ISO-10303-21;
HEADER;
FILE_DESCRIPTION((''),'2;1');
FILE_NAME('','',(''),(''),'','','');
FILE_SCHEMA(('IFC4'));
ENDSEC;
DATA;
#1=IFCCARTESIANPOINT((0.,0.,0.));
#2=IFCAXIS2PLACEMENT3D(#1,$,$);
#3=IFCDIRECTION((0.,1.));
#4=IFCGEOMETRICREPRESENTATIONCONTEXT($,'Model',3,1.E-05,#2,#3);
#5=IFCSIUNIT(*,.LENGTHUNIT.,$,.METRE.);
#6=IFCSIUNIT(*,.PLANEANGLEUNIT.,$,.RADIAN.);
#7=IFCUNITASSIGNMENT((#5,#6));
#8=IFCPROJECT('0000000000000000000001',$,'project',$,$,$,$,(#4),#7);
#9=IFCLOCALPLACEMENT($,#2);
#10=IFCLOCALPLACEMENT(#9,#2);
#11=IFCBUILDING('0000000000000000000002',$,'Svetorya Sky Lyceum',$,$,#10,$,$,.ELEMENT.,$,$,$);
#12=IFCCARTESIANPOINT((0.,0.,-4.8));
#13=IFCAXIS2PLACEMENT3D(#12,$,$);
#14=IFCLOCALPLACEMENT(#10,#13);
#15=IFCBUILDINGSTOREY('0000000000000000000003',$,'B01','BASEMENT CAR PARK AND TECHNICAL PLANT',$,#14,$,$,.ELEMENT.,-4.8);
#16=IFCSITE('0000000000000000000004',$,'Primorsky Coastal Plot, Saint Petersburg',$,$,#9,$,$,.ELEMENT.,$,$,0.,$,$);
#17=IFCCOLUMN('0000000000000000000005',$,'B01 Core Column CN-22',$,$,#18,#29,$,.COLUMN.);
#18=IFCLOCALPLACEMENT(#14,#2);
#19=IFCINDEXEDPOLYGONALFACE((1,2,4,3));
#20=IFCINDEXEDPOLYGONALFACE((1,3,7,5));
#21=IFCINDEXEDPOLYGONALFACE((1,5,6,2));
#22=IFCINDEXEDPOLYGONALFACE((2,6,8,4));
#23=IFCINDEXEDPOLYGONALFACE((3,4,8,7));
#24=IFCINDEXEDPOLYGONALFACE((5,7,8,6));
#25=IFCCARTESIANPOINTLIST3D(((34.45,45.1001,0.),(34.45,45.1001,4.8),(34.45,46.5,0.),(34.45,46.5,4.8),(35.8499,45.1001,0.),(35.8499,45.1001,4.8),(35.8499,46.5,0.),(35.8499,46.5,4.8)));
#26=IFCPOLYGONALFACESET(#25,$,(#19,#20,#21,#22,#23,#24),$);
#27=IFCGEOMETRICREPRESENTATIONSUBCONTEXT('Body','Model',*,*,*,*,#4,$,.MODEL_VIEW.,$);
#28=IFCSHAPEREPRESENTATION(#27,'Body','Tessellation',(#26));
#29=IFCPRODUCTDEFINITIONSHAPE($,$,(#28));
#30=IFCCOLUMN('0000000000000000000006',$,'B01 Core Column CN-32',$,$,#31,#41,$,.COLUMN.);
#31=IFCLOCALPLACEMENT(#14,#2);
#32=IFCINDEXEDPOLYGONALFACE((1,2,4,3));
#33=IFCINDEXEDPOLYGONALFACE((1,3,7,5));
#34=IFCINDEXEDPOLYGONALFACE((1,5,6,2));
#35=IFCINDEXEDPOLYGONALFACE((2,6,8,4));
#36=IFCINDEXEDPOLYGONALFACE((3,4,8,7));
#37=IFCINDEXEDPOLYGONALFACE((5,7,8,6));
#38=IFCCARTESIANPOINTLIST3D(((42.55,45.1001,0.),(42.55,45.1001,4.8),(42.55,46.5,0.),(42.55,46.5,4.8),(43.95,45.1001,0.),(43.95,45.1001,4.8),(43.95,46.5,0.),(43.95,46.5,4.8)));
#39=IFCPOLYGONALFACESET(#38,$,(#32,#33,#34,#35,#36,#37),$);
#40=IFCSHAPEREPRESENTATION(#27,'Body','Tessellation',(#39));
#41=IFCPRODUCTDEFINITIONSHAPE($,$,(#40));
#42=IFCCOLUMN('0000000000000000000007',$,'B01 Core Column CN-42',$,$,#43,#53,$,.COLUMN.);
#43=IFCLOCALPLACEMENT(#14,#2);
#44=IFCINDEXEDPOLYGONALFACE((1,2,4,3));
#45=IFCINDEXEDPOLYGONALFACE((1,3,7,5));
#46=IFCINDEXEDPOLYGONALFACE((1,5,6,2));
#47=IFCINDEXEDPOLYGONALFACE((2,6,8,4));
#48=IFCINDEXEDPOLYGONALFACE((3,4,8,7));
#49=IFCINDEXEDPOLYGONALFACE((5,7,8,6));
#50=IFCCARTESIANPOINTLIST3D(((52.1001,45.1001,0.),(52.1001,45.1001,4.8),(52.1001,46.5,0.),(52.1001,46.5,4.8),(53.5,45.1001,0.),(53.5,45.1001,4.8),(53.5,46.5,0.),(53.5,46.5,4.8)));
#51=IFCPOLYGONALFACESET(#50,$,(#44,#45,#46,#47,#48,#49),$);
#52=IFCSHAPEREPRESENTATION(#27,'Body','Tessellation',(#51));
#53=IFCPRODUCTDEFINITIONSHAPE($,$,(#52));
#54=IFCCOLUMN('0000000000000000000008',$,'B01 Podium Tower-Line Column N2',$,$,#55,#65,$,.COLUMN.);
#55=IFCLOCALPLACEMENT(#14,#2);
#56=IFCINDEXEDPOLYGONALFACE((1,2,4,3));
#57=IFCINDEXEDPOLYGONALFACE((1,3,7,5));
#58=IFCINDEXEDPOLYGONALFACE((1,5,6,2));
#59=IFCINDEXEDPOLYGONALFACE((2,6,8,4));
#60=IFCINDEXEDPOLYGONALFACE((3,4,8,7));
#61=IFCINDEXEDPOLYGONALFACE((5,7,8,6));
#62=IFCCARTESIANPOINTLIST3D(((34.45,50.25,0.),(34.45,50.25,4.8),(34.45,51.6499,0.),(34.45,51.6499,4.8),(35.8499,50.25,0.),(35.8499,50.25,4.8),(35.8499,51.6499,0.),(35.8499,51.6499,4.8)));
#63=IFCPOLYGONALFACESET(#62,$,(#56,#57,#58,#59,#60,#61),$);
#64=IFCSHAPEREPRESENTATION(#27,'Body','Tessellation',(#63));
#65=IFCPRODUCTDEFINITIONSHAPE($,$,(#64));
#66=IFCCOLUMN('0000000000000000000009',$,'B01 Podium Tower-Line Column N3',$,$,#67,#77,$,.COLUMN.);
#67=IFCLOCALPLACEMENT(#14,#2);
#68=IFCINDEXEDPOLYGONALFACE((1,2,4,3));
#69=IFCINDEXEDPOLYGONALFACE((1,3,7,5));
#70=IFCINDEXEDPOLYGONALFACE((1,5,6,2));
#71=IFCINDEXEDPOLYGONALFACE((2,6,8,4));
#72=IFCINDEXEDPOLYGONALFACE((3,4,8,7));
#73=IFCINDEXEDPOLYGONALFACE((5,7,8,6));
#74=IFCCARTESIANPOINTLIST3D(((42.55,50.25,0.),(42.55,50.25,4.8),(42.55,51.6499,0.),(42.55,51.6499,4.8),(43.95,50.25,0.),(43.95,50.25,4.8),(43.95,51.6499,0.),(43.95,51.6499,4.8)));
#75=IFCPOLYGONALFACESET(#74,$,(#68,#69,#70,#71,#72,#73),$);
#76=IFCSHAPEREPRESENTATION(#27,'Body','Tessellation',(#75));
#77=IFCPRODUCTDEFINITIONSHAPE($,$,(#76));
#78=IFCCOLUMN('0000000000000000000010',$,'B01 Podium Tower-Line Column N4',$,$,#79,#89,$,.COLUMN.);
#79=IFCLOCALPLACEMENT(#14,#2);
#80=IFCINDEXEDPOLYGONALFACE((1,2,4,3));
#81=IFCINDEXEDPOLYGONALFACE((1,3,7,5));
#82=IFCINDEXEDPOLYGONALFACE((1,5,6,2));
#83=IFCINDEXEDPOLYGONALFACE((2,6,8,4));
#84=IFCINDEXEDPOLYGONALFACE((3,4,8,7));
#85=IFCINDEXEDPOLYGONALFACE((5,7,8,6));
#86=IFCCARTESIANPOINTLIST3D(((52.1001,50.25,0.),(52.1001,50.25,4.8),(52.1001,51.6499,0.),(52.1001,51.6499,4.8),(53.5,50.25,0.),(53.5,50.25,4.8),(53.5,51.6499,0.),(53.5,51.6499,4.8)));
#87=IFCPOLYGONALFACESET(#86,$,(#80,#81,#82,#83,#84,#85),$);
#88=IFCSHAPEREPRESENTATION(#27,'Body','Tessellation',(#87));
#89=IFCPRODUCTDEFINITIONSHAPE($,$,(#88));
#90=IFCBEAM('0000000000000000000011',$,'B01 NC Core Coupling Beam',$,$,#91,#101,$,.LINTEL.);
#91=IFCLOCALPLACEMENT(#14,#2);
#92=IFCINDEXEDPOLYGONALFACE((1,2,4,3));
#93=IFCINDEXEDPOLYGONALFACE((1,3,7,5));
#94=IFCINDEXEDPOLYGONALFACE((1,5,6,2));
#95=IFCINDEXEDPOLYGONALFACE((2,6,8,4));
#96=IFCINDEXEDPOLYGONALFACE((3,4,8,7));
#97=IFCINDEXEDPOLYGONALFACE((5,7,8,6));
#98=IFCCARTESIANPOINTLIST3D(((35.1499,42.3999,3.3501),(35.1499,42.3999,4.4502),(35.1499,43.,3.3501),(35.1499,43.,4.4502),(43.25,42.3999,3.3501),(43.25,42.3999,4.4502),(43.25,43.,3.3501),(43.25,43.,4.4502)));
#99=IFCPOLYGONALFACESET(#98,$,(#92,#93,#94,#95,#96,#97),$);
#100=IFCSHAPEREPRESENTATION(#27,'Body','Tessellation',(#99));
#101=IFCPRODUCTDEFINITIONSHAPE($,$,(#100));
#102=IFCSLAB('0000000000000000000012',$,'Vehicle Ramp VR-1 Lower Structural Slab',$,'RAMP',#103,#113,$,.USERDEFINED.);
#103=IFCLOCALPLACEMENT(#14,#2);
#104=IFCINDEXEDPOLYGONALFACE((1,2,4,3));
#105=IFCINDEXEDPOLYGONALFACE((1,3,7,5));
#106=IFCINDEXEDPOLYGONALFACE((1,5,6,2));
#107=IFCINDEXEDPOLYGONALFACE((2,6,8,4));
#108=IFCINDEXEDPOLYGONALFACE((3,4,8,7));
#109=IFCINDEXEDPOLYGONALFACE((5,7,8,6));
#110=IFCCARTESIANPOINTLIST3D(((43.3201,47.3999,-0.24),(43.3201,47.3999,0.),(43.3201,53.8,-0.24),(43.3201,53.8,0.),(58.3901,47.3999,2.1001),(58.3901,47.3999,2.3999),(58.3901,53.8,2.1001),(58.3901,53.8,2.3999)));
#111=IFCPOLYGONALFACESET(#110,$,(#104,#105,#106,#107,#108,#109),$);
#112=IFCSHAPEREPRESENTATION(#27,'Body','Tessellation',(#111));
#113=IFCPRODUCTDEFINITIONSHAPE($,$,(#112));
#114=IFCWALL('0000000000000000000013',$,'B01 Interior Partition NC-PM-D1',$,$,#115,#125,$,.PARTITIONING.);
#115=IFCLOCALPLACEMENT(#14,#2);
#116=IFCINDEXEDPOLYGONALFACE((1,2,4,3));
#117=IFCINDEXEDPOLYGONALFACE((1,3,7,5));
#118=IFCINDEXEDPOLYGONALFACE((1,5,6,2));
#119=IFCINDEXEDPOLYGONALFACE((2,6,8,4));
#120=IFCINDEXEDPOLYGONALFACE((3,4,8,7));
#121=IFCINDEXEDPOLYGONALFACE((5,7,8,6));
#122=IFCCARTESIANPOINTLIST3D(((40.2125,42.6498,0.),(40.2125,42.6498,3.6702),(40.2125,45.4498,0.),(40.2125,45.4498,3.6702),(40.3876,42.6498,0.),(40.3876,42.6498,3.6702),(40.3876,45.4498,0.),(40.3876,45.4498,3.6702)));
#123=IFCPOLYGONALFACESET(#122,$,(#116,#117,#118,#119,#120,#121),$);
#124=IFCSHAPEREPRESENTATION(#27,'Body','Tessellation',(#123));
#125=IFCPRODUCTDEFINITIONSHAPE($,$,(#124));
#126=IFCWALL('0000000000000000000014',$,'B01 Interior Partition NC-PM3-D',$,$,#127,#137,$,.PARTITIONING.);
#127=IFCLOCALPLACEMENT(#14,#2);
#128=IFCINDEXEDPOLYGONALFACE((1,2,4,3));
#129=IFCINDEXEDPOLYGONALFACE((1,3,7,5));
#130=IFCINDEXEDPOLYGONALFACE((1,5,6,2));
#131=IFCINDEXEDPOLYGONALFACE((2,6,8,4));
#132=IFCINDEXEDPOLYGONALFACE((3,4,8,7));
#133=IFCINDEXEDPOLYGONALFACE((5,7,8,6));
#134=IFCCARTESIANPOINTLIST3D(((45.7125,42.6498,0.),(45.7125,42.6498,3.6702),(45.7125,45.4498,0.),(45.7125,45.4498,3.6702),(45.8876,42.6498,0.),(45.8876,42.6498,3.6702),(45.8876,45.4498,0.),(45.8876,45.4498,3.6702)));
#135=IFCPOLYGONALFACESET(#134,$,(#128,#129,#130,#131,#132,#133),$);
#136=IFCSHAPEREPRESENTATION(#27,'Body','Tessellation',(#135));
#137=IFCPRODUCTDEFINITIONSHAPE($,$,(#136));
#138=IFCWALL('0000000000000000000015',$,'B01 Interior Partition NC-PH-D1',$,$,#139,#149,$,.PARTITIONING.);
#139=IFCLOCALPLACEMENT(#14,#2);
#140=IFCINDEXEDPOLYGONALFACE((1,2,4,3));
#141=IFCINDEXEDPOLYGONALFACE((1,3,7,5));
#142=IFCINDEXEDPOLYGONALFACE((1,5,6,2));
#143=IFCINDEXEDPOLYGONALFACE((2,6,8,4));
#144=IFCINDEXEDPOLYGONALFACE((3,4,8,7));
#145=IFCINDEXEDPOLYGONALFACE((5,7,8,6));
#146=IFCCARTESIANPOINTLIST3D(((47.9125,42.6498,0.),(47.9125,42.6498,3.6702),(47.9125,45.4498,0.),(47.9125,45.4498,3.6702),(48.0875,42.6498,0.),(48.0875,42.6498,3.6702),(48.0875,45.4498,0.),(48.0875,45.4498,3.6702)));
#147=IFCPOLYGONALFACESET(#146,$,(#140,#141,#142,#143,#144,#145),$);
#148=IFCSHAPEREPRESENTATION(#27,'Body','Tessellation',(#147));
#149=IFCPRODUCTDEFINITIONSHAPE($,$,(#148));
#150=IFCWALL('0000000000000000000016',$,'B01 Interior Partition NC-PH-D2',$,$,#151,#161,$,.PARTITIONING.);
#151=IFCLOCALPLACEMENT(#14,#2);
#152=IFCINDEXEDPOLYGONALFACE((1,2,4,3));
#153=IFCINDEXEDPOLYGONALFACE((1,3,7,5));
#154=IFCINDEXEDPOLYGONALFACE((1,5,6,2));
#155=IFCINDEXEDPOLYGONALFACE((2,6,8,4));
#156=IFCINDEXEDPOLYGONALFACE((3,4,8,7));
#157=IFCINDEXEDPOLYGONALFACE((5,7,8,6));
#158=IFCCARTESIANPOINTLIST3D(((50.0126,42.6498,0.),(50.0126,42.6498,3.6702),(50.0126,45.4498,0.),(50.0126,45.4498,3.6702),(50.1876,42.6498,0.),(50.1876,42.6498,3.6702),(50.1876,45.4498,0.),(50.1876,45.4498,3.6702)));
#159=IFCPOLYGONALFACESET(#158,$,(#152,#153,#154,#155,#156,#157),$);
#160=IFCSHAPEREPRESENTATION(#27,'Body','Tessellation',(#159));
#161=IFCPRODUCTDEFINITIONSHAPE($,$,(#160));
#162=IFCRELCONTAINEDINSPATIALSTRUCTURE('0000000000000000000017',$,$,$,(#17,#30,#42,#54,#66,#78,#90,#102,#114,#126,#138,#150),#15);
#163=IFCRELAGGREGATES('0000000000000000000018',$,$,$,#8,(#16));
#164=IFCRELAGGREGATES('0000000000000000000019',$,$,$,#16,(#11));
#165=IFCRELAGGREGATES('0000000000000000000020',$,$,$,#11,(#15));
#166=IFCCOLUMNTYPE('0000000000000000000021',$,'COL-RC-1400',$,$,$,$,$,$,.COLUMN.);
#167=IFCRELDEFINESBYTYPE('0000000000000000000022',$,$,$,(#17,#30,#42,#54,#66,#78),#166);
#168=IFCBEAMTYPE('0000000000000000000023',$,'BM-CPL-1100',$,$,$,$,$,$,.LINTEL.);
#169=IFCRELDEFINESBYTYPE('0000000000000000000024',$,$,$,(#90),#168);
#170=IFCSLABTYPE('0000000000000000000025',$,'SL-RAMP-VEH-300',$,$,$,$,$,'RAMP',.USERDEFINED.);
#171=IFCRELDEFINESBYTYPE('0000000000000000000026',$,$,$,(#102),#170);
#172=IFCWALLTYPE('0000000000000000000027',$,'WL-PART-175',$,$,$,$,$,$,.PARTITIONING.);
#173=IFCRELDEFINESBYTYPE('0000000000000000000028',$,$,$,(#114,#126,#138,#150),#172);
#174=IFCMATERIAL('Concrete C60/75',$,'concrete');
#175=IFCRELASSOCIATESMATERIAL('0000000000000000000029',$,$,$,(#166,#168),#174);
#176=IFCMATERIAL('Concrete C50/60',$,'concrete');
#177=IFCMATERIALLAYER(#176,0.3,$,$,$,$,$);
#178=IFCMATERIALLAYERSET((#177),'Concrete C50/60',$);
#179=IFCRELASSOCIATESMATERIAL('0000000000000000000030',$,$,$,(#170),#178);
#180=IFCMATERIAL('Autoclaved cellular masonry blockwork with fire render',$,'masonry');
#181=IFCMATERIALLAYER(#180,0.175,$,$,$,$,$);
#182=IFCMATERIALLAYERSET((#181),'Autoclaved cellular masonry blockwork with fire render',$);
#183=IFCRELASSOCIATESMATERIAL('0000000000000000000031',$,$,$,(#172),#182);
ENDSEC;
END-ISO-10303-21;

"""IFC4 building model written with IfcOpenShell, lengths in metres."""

from ifc_helpers import new_model, si_unit, direction, frame, frame_2d, origin, origin_2d, place, context, subcontext, project, spatial, polyline, rectangle, outline, extrude, material, layer, layer_set, material_profile, profile_set, type_object, element, save


model = new_model("IFC4")

# Units and contexts
model_context = context("Model", 3, precision=1e-05, world=origin(), true_north=direction((0.0, 1.0)))
body_context = subcontext(model_context, "Body", "Model", "MODEL_VIEW")
ifc_project = project(units=[si_unit("LENGTHUNIT", "METRE"), si_unit("PLANEANGLEUNIT", "RADIAN")], contexts=[model_context])

# Site, building, storey
site_placement = place(None, origin())
site = spatial("IfcSite", under=ifc_project, at=site_placement, Name="Primorsky Coastal Plot, Saint Petersburg", CompositionType="ELEMENT", RefElevation=0.0)
building_placement = place(site_placement, origin())
building = spatial("IfcBuilding", under=site, at=building_placement, Name="Svetorya Sky Lyceum", CompositionType="ELEMENT")
storey_placement = place(building_placement, frame((0.0, 0.0, -4.8)))
storey = spatial("IfcBuildingStorey", under=building, at=storey_placement, Name="B01", Description="BASEMENT CAR PARK AND TECHNICAL PLANT", CompositionType="ELEMENT", Elevation=-4.8)

# Columns
ifc_material_1 = material(Name="Concrete C60/75", Category="concrete")
ifc_material_profile_1 = material_profile(ifc_material_1, rectangle(XDim=1.3999, YDim=1.3999, at=origin_2d()), Name="RC COL 1400x1400")
ifc_profile_set_1 = profile_set([ifc_material_profile_1], Name="Concrete C60/75")
column_type_1 = type_object("IfcColumnType", Name="COL-RC-1400", PredefinedType="COLUMN", material=ifc_profile_set_1)
for number, where, z_axis, x_axis, name in (
    (1, (35.1499, 45.8, 0.0), (0.0, 0.0, 1.0), (1.0, 0.0, 0.0), "B01 Core Column CN-22"),
    (2, (43.25, 45.8, 0.0), (0.0, 0.0, 1.0), (1.0, 0.0, 0.0), "B01 Core Column CN-32"),
    (3, (52.8, 45.8, 0.0), (0.0, 0.0, 1.0), (1.0, 0.0, 0.0), "B01 Core Column CN-42"),
    (4, (35.1499, 50.95, 0.0), (0.0, 0.0, 1.0), (1.0, 0.0, 0.0), "B01 Podium Tower-Line Column N2"),
    (5, (43.25, 50.95, 0.0), (0.0, 0.0, 1.0), (1.0, 0.0, 0.0), "B01 Podium Tower-Line Column N3"),
    (6, (52.8, 50.95, 0.0), (0.0, 0.0, 1.0), (1.0, 0.0, 0.0), "B01 Podium Tower-Line Column N4"),
):
    element("IfcColumn", number, at=place(storey_placement, frame(where, z_axis=z_axis, x_axis=x_axis)), inside=storey, type_object=column_type_1, Name=name, PredefinedType="COLUMN", context=body_context, shape_type="SweptSolid", body=[
        extrude(rectangle(XDim=1.3999, YDim=1.3999, at=origin_2d()), origin(), (0.0, 0.0, 1.0), 4.8),
    ])

# Beam
ifc_material_profile_2 = material_profile(ifc_material_1, rectangle(XDim=0.6001, YDim=1.1001, at=origin_2d()), Name="RC COUPLING 600x1100")
ifc_profile_set_2 = profile_set([ifc_material_profile_2], Name="Concrete C60/75")
beam_type = type_object("IfcBeamType", Name="BM-CPL-1100", PredefinedType="LINTEL", material=ifc_profile_set_2)
beam_placement = place(storey_placement, frame((35.1499, 42.7, 3.9001), z_axis=(1.0, 0.0, 0.0), x_axis=(0.0, 1.0, 0.0)))
element("IfcBeam", 7, at=beam_placement, inside=storey, type_object=beam_type, Name="B01 NC Core Coupling Beam", PredefinedType="LINTEL", context=body_context, shape_type="SweptSolid", body=[
    extrude(rectangle(XDim=0.6001, YDim=1.1001, at=origin_2d()), origin(), (0.0, 0.0, 1.0), 8.1001),
])

# Slab
ifc_material_2 = material(Name="Concrete C50/60", Category="concrete")
ifc_layer_1 = layer(ifc_material_2, 0.3)
ifc_layer_set_1 = layer_set([ifc_layer_1], Name="Concrete C50/60")
slab_type = type_object("IfcSlabType", Name="SL-RAMP-VEH-300", ElementType="RAMP", PredefinedType="USERDEFINED", material=ifc_layer_set_1)
slab_placement = place(storey_placement, frame((43.3201, 53.8, 0.0), z_axis=(0.0, -1.0, 0.0), x_axis=(1.0, 0.0, 0.0)))
element("IfcSlab", 8, at=slab_placement, inside=storey, type_object=slab_type, Name="Vehicle Ramp VR-1 Lower Structural Slab", ObjectType="RAMP", PredefinedType="USERDEFINED", context=body_context, shape_type="SweptSolid", body=[
    extrude(outline(polyline([(0.0, -0.24), (15.0701, 2.1001), (15.0701, 2.3999), (0.0, 0.0), (0.0, -0.24)])), origin(), (0.0, 0.0, 1.0), 6.4001),
])

# Walls
ifc_material_3 = material(Name="Autoclaved cellular masonry blockwork with fire render", Category="masonry")
ifc_layer_2 = layer(ifc_material_3, 0.175)
ifc_layer_set_2 = layer_set([ifc_layer_2], Name="Autoclaved cellular masonry blockwork with fire render")
wall_type = type_object("IfcWallType", Name="WL-PART-175", PredefinedType="PARTITIONING", material=ifc_layer_set_2)
for number, where, z_axis, x_axis, name in (
    (9, (40.3, 42.6499, 0.0), (0.0, 0.0, 1.0), (0.0, 1.0, 0.0), "B01 Interior Partition NC-PM-D1"),
    (10, (45.8, 42.6499, 0.0), (0.0, 0.0, 1.0), (0.0, 1.0, 0.0), "B01 Interior Partition NC-PM3-D"),
    (11, (48.0, 42.6499, 0.0), (0.0, 0.0, 1.0), (0.0, 1.0, 0.0), "B01 Interior Partition NC-PH-D1"),
    (12, (50.1001, 42.6499, 0.0), (0.0, 0.0, 1.0), (0.0, 1.0, 0.0), "B01 Interior Partition NC-PH-D2"),
):
    element("IfcWall", number, at=place(storey_placement, frame(where, z_axis=z_axis, x_axis=x_axis)), inside=storey, type_object=wall_type, Name=name, PredefinedType="PARTITIONING", context=body_context, shape_type="SweptSolid", body=[
        extrude(rectangle(XDim=2.8, YDim=0.175, at=frame_2d((1.3999, 0.0))), origin(), (0.0, 0.0, 1.0), 3.6702),
    ])

save(model, "model.ifc")
